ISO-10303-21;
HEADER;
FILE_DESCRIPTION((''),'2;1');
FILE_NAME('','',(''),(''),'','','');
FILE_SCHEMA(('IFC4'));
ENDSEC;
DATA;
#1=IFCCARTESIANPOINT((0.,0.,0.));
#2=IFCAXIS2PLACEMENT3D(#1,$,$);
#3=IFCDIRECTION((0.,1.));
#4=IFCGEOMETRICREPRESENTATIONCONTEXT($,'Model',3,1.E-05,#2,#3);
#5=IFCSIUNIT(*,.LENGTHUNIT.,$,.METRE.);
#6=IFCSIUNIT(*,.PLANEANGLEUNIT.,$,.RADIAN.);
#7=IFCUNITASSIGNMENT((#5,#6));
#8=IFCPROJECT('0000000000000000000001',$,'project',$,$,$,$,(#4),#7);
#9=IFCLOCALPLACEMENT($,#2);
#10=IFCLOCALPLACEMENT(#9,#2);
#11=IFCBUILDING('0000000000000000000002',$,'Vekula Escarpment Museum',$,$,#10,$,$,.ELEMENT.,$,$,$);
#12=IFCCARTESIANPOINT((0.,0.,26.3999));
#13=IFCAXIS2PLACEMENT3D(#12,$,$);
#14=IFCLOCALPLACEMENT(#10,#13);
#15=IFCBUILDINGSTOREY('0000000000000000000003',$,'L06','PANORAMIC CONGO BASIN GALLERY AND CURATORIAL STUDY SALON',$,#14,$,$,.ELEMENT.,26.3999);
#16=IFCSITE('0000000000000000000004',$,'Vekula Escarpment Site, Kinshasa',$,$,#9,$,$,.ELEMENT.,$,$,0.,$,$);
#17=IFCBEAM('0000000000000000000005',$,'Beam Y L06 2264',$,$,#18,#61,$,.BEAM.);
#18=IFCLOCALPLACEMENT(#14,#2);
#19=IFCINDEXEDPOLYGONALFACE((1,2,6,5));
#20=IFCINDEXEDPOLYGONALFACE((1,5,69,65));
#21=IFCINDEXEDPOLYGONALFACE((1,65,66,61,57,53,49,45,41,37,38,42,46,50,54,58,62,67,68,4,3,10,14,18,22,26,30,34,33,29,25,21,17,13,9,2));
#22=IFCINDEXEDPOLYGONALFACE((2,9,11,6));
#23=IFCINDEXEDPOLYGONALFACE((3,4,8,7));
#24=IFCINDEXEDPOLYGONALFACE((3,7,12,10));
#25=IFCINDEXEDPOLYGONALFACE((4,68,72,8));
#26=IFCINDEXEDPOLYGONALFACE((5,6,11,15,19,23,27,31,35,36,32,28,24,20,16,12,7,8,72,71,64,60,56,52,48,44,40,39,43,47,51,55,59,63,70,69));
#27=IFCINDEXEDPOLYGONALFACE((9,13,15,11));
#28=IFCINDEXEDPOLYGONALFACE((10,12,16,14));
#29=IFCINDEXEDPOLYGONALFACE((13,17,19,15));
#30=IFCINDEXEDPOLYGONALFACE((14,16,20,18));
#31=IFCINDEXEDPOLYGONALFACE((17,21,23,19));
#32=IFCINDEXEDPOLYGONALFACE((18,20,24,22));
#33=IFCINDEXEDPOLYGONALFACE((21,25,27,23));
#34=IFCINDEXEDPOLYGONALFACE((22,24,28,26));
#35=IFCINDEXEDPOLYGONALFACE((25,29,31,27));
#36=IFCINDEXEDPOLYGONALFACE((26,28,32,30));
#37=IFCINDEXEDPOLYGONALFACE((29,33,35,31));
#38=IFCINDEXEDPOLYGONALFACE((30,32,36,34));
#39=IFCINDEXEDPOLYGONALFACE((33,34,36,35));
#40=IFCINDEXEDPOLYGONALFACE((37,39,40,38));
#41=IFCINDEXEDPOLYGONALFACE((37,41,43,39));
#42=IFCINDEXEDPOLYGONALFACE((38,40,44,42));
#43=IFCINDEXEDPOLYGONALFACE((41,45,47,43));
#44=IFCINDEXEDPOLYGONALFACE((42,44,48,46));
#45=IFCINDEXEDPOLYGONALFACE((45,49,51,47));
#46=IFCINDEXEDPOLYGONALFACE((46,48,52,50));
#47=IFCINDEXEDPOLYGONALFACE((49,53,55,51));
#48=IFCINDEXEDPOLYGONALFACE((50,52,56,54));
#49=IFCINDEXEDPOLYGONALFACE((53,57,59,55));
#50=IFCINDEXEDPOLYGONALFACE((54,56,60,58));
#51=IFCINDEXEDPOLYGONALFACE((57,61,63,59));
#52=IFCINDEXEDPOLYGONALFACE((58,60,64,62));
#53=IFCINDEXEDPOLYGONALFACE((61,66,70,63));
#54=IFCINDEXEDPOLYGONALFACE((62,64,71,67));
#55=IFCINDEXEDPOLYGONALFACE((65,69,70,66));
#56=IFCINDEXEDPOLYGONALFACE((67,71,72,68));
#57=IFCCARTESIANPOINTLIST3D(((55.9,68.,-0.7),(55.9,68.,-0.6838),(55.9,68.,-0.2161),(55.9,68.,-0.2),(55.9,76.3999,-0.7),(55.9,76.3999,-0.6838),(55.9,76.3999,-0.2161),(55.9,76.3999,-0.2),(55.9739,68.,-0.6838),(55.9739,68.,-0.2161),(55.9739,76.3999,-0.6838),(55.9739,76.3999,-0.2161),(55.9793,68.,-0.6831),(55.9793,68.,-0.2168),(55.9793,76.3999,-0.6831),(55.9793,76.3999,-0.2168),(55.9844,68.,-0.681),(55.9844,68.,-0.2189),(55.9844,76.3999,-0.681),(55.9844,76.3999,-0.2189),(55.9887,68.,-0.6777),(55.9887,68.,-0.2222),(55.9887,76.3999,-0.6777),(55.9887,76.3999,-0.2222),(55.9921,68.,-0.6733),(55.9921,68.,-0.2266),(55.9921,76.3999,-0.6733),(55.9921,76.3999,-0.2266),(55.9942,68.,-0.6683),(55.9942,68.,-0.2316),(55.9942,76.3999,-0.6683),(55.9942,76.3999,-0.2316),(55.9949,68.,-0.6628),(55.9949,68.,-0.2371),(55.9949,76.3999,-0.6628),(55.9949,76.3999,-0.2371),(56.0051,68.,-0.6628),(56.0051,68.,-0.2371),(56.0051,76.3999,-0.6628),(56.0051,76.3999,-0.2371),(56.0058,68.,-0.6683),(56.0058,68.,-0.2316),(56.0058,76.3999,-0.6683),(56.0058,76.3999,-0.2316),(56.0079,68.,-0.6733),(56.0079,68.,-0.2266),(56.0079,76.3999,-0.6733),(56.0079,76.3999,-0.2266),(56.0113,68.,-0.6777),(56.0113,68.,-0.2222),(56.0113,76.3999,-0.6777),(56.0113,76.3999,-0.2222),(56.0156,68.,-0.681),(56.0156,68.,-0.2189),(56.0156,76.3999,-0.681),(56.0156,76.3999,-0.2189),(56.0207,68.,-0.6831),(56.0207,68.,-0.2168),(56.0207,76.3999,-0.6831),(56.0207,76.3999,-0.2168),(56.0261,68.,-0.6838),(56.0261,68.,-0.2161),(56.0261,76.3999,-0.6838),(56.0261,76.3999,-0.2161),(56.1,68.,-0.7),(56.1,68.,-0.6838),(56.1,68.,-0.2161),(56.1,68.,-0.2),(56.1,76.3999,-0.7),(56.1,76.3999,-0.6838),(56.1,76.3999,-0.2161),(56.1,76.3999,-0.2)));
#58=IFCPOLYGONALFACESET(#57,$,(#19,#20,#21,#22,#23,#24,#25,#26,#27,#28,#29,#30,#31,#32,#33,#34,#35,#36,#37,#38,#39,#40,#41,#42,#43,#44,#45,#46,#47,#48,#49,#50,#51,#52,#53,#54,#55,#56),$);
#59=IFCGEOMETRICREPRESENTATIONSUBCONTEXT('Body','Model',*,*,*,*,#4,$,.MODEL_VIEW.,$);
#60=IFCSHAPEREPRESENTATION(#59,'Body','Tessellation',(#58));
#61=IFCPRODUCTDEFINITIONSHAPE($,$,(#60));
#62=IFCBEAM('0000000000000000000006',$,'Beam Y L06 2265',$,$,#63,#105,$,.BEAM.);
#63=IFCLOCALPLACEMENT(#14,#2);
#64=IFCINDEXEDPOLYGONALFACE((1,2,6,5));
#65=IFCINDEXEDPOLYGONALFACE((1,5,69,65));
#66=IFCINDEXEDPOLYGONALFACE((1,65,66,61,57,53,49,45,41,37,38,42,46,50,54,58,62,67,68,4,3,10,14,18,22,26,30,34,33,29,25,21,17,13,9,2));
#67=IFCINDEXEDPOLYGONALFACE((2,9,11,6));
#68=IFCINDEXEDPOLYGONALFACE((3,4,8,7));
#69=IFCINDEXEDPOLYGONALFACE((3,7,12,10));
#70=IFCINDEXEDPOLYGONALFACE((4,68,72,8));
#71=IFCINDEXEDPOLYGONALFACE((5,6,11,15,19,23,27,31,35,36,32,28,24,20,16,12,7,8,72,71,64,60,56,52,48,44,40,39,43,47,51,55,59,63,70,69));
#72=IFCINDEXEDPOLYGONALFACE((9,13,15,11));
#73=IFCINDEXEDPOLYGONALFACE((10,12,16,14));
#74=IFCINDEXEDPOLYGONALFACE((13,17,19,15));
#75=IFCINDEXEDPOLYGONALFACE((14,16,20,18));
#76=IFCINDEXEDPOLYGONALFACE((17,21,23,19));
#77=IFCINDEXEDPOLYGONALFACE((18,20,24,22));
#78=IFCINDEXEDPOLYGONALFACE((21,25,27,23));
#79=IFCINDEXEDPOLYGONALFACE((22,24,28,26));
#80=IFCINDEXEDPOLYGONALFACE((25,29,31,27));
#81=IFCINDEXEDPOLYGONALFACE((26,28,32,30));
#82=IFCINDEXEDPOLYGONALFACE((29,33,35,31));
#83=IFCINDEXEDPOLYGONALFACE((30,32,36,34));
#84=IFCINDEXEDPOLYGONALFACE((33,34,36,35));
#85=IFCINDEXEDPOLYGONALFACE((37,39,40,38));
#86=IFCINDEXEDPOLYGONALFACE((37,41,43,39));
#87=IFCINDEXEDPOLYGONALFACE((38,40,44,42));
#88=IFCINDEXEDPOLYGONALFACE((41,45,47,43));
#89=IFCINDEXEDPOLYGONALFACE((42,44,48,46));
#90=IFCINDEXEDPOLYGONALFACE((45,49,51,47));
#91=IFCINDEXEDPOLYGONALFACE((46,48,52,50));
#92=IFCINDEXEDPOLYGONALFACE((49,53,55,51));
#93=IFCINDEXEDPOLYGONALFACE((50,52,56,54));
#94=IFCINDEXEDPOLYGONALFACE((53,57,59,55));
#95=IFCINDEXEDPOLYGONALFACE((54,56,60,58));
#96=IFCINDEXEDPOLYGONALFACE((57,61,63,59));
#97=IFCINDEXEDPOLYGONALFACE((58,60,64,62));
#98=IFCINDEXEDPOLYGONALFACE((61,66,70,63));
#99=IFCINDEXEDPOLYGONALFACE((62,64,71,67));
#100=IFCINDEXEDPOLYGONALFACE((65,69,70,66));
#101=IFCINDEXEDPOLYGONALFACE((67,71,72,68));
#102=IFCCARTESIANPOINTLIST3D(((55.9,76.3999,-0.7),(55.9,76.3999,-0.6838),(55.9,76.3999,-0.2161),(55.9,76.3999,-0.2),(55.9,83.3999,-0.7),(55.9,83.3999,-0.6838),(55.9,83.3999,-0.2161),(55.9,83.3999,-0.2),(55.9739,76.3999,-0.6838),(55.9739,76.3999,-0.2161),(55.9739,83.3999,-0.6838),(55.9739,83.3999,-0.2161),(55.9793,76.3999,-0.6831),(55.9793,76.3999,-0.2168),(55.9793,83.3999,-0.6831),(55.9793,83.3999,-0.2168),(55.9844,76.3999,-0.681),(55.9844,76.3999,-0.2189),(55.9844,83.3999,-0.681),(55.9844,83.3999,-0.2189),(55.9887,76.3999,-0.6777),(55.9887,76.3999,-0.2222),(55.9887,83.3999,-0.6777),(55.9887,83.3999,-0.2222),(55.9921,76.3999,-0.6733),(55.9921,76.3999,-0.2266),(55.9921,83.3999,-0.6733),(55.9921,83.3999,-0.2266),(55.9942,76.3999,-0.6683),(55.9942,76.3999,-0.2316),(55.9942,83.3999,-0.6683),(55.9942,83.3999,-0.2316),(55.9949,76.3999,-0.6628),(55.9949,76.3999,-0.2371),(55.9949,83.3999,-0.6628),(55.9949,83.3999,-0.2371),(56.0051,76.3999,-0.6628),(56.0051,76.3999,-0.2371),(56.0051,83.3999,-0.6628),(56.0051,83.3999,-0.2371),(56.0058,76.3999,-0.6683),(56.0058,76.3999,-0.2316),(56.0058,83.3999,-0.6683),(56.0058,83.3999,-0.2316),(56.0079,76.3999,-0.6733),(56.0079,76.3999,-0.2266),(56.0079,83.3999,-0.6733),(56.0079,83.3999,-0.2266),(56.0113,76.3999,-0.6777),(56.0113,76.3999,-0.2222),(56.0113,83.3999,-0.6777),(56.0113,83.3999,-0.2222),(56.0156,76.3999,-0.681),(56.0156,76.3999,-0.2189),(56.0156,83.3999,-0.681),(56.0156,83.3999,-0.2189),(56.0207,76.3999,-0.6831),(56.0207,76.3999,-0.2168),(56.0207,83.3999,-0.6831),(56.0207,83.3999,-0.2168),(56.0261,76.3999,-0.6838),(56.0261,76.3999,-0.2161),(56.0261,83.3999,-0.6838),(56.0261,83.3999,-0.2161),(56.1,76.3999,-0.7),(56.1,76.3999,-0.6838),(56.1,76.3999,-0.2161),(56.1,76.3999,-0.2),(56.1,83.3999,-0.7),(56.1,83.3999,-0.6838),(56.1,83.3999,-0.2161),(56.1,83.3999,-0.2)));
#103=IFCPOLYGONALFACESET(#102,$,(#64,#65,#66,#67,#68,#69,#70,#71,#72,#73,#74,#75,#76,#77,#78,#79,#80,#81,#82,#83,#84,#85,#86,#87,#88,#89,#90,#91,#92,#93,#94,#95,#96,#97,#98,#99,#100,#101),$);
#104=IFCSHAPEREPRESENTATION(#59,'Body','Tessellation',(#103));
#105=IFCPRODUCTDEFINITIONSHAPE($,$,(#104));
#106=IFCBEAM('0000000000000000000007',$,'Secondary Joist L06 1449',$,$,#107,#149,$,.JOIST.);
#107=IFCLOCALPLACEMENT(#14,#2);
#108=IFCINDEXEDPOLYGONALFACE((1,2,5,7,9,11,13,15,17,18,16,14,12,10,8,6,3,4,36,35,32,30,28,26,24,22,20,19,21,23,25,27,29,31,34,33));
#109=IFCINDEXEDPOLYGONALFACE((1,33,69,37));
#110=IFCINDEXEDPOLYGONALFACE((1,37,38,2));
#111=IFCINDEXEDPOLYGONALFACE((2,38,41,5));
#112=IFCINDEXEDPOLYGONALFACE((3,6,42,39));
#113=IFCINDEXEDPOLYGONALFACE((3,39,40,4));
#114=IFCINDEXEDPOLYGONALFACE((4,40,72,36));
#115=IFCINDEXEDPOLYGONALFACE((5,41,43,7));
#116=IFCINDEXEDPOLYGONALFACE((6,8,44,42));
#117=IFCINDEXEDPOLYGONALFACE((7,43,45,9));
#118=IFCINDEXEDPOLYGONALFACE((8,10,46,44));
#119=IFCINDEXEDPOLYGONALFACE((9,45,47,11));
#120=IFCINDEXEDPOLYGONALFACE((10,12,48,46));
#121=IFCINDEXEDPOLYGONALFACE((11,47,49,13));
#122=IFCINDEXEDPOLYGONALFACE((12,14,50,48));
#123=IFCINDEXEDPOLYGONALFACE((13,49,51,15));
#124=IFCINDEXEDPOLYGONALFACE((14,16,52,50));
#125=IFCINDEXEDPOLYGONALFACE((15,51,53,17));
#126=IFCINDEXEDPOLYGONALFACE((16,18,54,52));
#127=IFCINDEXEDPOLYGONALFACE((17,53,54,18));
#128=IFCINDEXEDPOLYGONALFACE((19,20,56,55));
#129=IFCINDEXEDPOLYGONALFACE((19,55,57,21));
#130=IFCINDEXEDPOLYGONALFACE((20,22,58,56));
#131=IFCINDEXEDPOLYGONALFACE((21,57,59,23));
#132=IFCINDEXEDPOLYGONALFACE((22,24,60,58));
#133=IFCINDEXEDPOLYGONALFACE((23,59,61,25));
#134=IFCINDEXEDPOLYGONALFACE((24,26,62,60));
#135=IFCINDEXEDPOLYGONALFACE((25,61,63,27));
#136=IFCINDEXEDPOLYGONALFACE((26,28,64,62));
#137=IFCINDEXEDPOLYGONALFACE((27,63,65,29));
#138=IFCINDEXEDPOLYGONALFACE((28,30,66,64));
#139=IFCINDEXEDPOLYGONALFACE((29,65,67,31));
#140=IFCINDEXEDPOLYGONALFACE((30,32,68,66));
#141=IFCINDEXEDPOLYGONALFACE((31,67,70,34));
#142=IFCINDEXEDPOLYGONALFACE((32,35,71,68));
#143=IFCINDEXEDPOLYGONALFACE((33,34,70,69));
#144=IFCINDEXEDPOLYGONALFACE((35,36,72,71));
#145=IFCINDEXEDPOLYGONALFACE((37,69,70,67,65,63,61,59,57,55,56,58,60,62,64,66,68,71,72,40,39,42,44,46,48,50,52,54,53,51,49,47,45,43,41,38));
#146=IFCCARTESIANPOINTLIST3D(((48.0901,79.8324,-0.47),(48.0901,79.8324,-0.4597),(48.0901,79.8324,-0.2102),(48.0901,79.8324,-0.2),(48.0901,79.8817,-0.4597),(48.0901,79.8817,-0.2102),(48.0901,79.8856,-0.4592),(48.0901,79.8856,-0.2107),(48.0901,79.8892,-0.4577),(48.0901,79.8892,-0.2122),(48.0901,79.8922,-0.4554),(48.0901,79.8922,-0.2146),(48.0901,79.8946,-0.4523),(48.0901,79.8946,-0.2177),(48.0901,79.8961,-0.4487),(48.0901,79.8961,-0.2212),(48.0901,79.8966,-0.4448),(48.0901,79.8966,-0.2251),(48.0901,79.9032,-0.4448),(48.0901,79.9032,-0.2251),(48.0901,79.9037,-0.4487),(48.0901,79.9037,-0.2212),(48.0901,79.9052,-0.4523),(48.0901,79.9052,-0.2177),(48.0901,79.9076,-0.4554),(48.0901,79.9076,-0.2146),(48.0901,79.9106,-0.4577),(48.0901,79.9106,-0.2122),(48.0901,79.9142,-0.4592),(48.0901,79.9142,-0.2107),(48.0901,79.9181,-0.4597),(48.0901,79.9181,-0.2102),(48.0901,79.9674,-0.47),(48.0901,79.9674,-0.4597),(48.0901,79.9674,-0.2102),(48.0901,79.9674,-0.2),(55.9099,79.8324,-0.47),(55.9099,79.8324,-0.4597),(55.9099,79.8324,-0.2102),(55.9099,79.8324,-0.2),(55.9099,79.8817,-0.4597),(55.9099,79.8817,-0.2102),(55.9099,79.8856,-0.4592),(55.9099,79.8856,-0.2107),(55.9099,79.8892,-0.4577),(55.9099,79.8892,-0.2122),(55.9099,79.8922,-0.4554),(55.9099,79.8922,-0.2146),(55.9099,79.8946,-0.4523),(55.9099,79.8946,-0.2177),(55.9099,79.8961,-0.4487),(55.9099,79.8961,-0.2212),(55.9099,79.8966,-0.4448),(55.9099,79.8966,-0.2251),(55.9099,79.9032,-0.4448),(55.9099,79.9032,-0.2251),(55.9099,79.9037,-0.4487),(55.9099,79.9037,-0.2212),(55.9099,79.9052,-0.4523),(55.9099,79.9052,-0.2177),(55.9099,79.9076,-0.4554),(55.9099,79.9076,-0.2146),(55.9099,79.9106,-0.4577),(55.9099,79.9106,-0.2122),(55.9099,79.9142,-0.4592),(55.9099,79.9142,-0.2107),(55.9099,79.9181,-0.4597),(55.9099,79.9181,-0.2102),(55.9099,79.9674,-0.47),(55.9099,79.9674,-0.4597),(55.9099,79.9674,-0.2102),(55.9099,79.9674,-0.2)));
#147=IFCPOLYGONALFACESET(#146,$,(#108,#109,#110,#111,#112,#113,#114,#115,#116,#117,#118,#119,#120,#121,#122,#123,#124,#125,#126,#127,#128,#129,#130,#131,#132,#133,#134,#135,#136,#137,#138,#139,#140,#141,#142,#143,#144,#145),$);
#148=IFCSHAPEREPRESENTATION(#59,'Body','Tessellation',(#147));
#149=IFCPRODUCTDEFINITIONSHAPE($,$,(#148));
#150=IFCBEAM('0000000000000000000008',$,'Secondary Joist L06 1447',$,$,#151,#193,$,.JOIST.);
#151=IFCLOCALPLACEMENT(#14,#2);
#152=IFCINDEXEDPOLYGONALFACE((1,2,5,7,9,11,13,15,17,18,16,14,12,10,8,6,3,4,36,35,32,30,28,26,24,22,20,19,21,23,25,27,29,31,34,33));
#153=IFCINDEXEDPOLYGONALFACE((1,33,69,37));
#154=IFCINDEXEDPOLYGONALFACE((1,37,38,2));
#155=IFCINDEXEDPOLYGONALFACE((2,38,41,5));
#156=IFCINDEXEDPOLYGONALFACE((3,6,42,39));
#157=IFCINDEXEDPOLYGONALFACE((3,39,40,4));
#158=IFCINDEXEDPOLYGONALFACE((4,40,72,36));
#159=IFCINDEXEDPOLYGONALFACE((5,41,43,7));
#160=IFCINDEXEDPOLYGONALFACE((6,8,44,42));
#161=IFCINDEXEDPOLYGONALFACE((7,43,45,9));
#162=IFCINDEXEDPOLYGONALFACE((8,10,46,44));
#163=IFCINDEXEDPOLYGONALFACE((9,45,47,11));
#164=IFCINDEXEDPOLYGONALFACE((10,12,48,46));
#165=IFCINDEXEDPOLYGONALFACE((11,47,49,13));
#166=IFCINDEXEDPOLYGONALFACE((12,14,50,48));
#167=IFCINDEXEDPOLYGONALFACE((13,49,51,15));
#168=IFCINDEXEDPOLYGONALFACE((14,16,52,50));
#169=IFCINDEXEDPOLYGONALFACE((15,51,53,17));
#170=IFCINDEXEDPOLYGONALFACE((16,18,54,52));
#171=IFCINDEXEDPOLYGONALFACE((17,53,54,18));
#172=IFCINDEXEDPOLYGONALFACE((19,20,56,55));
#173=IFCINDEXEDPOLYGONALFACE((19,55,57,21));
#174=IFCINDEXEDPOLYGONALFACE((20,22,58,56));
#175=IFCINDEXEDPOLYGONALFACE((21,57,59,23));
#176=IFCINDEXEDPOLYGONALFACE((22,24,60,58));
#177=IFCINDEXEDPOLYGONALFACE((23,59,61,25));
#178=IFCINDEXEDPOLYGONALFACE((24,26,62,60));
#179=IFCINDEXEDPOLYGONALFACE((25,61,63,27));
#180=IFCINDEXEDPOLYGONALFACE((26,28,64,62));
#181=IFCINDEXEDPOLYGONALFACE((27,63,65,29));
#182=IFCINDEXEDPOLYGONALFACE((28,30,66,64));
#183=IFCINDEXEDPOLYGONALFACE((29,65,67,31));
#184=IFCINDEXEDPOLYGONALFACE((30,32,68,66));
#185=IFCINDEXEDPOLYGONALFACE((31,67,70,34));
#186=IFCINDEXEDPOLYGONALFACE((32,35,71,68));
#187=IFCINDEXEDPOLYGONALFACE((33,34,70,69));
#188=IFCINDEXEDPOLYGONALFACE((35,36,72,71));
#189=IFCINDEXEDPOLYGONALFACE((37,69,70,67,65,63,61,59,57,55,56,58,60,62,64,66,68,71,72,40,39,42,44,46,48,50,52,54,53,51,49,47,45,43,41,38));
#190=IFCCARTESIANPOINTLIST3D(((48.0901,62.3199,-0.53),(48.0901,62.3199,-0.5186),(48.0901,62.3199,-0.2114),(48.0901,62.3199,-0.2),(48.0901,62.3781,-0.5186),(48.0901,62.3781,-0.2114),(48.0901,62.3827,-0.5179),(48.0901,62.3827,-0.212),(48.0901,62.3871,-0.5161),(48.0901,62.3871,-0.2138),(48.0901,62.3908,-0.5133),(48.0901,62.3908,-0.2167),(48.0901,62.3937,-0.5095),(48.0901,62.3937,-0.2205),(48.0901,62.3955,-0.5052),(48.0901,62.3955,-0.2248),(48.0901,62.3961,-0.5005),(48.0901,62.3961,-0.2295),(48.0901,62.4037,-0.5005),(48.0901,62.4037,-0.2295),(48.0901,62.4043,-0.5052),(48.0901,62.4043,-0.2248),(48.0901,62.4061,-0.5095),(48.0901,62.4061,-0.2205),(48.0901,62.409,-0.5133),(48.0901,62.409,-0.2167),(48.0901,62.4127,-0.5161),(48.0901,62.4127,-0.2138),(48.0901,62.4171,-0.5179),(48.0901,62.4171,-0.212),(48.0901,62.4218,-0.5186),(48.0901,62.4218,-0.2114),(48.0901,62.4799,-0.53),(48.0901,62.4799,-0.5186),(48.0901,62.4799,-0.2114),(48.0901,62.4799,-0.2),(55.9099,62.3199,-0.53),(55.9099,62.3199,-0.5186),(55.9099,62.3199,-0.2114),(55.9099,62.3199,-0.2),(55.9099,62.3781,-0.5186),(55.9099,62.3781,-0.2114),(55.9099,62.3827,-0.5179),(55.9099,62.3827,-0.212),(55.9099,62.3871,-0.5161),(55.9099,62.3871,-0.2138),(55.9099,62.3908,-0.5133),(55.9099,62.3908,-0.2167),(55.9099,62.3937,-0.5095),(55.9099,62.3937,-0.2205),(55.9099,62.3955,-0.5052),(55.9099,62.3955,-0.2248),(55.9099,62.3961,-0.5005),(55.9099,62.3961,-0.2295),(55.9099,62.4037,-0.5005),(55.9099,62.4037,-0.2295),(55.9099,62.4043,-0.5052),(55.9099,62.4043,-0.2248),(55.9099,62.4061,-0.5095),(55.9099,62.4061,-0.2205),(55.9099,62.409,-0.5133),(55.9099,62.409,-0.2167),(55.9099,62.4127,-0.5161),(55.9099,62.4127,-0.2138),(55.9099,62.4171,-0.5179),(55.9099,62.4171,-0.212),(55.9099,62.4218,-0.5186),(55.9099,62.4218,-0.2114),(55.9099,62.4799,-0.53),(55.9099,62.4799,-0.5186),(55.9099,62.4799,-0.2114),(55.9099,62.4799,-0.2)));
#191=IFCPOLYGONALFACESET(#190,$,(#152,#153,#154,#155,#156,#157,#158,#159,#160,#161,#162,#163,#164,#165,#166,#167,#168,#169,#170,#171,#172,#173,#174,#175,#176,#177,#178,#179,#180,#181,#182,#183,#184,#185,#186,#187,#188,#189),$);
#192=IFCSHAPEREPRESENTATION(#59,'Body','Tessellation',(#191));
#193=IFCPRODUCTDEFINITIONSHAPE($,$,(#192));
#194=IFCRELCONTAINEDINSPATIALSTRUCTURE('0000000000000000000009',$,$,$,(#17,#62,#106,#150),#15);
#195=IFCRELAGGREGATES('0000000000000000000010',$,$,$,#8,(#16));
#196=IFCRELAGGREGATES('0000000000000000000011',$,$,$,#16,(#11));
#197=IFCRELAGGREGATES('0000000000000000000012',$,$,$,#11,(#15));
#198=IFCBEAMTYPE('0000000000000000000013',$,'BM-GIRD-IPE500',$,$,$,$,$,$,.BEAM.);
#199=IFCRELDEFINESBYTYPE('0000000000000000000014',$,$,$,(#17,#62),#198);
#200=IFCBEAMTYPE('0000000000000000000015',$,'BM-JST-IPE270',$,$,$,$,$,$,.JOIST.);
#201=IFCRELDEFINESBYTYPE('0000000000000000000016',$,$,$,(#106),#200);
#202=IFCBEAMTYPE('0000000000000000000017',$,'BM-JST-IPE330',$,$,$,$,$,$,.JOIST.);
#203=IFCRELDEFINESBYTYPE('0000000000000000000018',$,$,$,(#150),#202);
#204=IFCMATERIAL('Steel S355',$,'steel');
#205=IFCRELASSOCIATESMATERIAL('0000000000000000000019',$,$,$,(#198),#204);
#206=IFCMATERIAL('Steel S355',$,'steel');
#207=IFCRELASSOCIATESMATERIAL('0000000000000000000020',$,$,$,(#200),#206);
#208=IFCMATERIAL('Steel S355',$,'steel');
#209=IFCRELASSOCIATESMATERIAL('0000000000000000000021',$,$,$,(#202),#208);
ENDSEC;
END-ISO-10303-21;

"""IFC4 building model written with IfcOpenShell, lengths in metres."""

from ifc_helpers import new_model, si_unit, direction, frame, origin, origin_2d, place, context, subcontext, project, spatial, i_section, extrude, material, material_profile, profile_set, type_object, element, save


model = new_model("IFC4")

# Units and contexts
model_context = context("Model", 3, precision=1e-05, world=origin(), true_north=direction((0.0, 1.0)))
body_context = subcontext(model_context, "Body", "Model", "MODEL_VIEW")
ifc_project = project(units=[si_unit("LENGTHUNIT", "METRE"), si_unit("PLANEANGLEUNIT", "RADIAN")], contexts=[model_context])

# Site, building, storey
site_placement = place(None, origin())
site = spatial("IfcSite", under=ifc_project, at=site_placement, Name="Vekula Escarpment Site, Kinshasa", CompositionType="ELEMENT", RefElevation=0.0)
building_placement = place(site_placement, origin())
building = spatial("IfcBuilding", under=site, at=building_placement, Name="Vekula Escarpment Museum", CompositionType="ELEMENT")
storey_placement = place(building_placement, frame((0.0, 0.0, 26.3999)))
storey = spatial("IfcBuildingStorey", under=building, at=storey_placement, Name="L06", Description="PANORAMIC CONGO BASIN GALLERY AND CURATORIAL STUDY SALON", CompositionType="ELEMENT", Elevation=26.3999)

# Beams
ifc_material_1 = material(Name="Steel S355", Category="steel")
ifc_material_profile_1 = material_profile(ifc_material_1, i_section(OverallWidth=0.2, OverallDepth=0.5, WebThickness=0.0103, FlangeThickness=0.0161, FilletRadius=0.021, at=origin_2d()), Name="IPE 500")
ifc_profile_set_1 = profile_set([ifc_material_profile_1], Name="Steel S355")
beam_type_1 = type_object("IfcBeamType", Name="BM-GIRD-IPE500", PredefinedType="BEAM", material=ifc_profile_set_1)
for number, where, z_axis, x_axis, name in (
    (1, (56.0, 68.0, -0.45), (0.0, 1.0, 0.0), (-1.0, 0.0, 0.0), "Beam Y L06 2264"),
):
    element("IfcBeam", number, at=place(storey_placement, frame(where, z_axis=z_axis, x_axis=x_axis)), inside=storey, type_object=beam_type_1, Name=name, PredefinedType="BEAM", context=body_context, shape_type="SweptSolid", body=[
        extrude(i_section(OverallWidth=0.2, OverallDepth=0.5, WebThickness=0.0103, FlangeThickness=0.0161, FilletRadius=0.021, at=origin_2d()), origin(), (0.0, 0.0, 1.0), 8.3999),
    ])
beam_1_placement = place(storey_placement, frame((56.0, 76.3999, -0.45), z_axis=(0.0, 1.0, 0.0), x_axis=(-1.0, 0.0, 0.0)))
element("IfcBeam", 2, at=beam_1_placement, inside=storey, type_object=beam_type_1, Name="Beam Y L06 2265", PredefinedType="BEAM", context=body_context, shape_type="SweptSolid", body=[
    extrude(i_section(OverallWidth=0.2, OverallDepth=0.5, WebThickness=0.0103, FlangeThickness=0.0161, FilletRadius=0.021, at=origin_2d()), origin(), (0.0, 0.0, 1.0), 7.0),
])
ifc_material_2 = material(Name="Steel S355", Category="steel")
ifc_material_profile_2 = material_profile(ifc_material_2, i_section(OverallWidth=0.135, OverallDepth=0.27, WebThickness=0.0066, FlangeThickness=0.0103, FilletRadius=0.0149, at=origin_2d()), Name="IPE 270")
ifc_profile_set_2 = profile_set([ifc_material_profile_2], Name="Steel S355")
beam_type_2 = type_object("IfcBeamType", Name="BM-JST-IPE270", PredefinedType="JOIST", material=ifc_profile_set_2)
beam_2_placement = place(storey_placement, frame((48.0901, 79.8999, -0.335), z_axis=(1.0, 0.0, 0.0), x_axis=(0.0, 1.0, 0.0)))
element("IfcBeam", 3, at=beam_2_placement, inside=storey, type_object=beam_type_2, Name="Secondary Joist L06 1449", PredefinedType="JOIST", context=body_context, shape_type="SweptSolid", body=[
    extrude(i_section(OverallWidth=0.135, OverallDepth=0.27, WebThickness=0.0066, FlangeThickness=0.0103, FilletRadius=0.0149, at=origin_2d()), origin(), (0.0, 0.0, 1.0), 7.8198),
])
ifc_material_3 = material(Name="Steel S355", Category="steel")
ifc_material_profile_3 = material_profile(ifc_material_3, i_section(OverallWidth=0.1599, OverallDepth=0.3301, WebThickness=0.0076, FlangeThickness=0.0115, FilletRadius=0.0181, at=origin_2d()), Name="IPE 330")
ifc_profile_set_3 = profile_set([ifc_material_profile_3], Name="Steel S355")
beam_type_3 = type_object("IfcBeamType", Name="BM-JST-IPE330", PredefinedType="JOIST", material=ifc_profile_set_3)
for number, where, z_axis, x_axis, name in (
    (4, (48.0901, 62.3999, -0.365), (1.0, 0.0, 0.0), (0.0, 1.0, 0.0), "Secondary Joist L06 1447"),
):
    element("IfcBeam", number, at=place(storey_placement, frame(where, z_axis=z_axis, x_axis=x_axis)), inside=storey, type_object=beam_type_3, Name=name, PredefinedType="JOIST", context=body_context, shape_type="SweptSolid", body=[
        extrude(i_section(OverallWidth=0.1599, OverallDepth=0.3301, WebThickness=0.0076, FlangeThickness=0.0115, FilletRadius=0.0181, at=origin_2d()), origin(), (0.0, 0.0, 1.0), 7.8198),
    ])

save(model, "model.ifc")
